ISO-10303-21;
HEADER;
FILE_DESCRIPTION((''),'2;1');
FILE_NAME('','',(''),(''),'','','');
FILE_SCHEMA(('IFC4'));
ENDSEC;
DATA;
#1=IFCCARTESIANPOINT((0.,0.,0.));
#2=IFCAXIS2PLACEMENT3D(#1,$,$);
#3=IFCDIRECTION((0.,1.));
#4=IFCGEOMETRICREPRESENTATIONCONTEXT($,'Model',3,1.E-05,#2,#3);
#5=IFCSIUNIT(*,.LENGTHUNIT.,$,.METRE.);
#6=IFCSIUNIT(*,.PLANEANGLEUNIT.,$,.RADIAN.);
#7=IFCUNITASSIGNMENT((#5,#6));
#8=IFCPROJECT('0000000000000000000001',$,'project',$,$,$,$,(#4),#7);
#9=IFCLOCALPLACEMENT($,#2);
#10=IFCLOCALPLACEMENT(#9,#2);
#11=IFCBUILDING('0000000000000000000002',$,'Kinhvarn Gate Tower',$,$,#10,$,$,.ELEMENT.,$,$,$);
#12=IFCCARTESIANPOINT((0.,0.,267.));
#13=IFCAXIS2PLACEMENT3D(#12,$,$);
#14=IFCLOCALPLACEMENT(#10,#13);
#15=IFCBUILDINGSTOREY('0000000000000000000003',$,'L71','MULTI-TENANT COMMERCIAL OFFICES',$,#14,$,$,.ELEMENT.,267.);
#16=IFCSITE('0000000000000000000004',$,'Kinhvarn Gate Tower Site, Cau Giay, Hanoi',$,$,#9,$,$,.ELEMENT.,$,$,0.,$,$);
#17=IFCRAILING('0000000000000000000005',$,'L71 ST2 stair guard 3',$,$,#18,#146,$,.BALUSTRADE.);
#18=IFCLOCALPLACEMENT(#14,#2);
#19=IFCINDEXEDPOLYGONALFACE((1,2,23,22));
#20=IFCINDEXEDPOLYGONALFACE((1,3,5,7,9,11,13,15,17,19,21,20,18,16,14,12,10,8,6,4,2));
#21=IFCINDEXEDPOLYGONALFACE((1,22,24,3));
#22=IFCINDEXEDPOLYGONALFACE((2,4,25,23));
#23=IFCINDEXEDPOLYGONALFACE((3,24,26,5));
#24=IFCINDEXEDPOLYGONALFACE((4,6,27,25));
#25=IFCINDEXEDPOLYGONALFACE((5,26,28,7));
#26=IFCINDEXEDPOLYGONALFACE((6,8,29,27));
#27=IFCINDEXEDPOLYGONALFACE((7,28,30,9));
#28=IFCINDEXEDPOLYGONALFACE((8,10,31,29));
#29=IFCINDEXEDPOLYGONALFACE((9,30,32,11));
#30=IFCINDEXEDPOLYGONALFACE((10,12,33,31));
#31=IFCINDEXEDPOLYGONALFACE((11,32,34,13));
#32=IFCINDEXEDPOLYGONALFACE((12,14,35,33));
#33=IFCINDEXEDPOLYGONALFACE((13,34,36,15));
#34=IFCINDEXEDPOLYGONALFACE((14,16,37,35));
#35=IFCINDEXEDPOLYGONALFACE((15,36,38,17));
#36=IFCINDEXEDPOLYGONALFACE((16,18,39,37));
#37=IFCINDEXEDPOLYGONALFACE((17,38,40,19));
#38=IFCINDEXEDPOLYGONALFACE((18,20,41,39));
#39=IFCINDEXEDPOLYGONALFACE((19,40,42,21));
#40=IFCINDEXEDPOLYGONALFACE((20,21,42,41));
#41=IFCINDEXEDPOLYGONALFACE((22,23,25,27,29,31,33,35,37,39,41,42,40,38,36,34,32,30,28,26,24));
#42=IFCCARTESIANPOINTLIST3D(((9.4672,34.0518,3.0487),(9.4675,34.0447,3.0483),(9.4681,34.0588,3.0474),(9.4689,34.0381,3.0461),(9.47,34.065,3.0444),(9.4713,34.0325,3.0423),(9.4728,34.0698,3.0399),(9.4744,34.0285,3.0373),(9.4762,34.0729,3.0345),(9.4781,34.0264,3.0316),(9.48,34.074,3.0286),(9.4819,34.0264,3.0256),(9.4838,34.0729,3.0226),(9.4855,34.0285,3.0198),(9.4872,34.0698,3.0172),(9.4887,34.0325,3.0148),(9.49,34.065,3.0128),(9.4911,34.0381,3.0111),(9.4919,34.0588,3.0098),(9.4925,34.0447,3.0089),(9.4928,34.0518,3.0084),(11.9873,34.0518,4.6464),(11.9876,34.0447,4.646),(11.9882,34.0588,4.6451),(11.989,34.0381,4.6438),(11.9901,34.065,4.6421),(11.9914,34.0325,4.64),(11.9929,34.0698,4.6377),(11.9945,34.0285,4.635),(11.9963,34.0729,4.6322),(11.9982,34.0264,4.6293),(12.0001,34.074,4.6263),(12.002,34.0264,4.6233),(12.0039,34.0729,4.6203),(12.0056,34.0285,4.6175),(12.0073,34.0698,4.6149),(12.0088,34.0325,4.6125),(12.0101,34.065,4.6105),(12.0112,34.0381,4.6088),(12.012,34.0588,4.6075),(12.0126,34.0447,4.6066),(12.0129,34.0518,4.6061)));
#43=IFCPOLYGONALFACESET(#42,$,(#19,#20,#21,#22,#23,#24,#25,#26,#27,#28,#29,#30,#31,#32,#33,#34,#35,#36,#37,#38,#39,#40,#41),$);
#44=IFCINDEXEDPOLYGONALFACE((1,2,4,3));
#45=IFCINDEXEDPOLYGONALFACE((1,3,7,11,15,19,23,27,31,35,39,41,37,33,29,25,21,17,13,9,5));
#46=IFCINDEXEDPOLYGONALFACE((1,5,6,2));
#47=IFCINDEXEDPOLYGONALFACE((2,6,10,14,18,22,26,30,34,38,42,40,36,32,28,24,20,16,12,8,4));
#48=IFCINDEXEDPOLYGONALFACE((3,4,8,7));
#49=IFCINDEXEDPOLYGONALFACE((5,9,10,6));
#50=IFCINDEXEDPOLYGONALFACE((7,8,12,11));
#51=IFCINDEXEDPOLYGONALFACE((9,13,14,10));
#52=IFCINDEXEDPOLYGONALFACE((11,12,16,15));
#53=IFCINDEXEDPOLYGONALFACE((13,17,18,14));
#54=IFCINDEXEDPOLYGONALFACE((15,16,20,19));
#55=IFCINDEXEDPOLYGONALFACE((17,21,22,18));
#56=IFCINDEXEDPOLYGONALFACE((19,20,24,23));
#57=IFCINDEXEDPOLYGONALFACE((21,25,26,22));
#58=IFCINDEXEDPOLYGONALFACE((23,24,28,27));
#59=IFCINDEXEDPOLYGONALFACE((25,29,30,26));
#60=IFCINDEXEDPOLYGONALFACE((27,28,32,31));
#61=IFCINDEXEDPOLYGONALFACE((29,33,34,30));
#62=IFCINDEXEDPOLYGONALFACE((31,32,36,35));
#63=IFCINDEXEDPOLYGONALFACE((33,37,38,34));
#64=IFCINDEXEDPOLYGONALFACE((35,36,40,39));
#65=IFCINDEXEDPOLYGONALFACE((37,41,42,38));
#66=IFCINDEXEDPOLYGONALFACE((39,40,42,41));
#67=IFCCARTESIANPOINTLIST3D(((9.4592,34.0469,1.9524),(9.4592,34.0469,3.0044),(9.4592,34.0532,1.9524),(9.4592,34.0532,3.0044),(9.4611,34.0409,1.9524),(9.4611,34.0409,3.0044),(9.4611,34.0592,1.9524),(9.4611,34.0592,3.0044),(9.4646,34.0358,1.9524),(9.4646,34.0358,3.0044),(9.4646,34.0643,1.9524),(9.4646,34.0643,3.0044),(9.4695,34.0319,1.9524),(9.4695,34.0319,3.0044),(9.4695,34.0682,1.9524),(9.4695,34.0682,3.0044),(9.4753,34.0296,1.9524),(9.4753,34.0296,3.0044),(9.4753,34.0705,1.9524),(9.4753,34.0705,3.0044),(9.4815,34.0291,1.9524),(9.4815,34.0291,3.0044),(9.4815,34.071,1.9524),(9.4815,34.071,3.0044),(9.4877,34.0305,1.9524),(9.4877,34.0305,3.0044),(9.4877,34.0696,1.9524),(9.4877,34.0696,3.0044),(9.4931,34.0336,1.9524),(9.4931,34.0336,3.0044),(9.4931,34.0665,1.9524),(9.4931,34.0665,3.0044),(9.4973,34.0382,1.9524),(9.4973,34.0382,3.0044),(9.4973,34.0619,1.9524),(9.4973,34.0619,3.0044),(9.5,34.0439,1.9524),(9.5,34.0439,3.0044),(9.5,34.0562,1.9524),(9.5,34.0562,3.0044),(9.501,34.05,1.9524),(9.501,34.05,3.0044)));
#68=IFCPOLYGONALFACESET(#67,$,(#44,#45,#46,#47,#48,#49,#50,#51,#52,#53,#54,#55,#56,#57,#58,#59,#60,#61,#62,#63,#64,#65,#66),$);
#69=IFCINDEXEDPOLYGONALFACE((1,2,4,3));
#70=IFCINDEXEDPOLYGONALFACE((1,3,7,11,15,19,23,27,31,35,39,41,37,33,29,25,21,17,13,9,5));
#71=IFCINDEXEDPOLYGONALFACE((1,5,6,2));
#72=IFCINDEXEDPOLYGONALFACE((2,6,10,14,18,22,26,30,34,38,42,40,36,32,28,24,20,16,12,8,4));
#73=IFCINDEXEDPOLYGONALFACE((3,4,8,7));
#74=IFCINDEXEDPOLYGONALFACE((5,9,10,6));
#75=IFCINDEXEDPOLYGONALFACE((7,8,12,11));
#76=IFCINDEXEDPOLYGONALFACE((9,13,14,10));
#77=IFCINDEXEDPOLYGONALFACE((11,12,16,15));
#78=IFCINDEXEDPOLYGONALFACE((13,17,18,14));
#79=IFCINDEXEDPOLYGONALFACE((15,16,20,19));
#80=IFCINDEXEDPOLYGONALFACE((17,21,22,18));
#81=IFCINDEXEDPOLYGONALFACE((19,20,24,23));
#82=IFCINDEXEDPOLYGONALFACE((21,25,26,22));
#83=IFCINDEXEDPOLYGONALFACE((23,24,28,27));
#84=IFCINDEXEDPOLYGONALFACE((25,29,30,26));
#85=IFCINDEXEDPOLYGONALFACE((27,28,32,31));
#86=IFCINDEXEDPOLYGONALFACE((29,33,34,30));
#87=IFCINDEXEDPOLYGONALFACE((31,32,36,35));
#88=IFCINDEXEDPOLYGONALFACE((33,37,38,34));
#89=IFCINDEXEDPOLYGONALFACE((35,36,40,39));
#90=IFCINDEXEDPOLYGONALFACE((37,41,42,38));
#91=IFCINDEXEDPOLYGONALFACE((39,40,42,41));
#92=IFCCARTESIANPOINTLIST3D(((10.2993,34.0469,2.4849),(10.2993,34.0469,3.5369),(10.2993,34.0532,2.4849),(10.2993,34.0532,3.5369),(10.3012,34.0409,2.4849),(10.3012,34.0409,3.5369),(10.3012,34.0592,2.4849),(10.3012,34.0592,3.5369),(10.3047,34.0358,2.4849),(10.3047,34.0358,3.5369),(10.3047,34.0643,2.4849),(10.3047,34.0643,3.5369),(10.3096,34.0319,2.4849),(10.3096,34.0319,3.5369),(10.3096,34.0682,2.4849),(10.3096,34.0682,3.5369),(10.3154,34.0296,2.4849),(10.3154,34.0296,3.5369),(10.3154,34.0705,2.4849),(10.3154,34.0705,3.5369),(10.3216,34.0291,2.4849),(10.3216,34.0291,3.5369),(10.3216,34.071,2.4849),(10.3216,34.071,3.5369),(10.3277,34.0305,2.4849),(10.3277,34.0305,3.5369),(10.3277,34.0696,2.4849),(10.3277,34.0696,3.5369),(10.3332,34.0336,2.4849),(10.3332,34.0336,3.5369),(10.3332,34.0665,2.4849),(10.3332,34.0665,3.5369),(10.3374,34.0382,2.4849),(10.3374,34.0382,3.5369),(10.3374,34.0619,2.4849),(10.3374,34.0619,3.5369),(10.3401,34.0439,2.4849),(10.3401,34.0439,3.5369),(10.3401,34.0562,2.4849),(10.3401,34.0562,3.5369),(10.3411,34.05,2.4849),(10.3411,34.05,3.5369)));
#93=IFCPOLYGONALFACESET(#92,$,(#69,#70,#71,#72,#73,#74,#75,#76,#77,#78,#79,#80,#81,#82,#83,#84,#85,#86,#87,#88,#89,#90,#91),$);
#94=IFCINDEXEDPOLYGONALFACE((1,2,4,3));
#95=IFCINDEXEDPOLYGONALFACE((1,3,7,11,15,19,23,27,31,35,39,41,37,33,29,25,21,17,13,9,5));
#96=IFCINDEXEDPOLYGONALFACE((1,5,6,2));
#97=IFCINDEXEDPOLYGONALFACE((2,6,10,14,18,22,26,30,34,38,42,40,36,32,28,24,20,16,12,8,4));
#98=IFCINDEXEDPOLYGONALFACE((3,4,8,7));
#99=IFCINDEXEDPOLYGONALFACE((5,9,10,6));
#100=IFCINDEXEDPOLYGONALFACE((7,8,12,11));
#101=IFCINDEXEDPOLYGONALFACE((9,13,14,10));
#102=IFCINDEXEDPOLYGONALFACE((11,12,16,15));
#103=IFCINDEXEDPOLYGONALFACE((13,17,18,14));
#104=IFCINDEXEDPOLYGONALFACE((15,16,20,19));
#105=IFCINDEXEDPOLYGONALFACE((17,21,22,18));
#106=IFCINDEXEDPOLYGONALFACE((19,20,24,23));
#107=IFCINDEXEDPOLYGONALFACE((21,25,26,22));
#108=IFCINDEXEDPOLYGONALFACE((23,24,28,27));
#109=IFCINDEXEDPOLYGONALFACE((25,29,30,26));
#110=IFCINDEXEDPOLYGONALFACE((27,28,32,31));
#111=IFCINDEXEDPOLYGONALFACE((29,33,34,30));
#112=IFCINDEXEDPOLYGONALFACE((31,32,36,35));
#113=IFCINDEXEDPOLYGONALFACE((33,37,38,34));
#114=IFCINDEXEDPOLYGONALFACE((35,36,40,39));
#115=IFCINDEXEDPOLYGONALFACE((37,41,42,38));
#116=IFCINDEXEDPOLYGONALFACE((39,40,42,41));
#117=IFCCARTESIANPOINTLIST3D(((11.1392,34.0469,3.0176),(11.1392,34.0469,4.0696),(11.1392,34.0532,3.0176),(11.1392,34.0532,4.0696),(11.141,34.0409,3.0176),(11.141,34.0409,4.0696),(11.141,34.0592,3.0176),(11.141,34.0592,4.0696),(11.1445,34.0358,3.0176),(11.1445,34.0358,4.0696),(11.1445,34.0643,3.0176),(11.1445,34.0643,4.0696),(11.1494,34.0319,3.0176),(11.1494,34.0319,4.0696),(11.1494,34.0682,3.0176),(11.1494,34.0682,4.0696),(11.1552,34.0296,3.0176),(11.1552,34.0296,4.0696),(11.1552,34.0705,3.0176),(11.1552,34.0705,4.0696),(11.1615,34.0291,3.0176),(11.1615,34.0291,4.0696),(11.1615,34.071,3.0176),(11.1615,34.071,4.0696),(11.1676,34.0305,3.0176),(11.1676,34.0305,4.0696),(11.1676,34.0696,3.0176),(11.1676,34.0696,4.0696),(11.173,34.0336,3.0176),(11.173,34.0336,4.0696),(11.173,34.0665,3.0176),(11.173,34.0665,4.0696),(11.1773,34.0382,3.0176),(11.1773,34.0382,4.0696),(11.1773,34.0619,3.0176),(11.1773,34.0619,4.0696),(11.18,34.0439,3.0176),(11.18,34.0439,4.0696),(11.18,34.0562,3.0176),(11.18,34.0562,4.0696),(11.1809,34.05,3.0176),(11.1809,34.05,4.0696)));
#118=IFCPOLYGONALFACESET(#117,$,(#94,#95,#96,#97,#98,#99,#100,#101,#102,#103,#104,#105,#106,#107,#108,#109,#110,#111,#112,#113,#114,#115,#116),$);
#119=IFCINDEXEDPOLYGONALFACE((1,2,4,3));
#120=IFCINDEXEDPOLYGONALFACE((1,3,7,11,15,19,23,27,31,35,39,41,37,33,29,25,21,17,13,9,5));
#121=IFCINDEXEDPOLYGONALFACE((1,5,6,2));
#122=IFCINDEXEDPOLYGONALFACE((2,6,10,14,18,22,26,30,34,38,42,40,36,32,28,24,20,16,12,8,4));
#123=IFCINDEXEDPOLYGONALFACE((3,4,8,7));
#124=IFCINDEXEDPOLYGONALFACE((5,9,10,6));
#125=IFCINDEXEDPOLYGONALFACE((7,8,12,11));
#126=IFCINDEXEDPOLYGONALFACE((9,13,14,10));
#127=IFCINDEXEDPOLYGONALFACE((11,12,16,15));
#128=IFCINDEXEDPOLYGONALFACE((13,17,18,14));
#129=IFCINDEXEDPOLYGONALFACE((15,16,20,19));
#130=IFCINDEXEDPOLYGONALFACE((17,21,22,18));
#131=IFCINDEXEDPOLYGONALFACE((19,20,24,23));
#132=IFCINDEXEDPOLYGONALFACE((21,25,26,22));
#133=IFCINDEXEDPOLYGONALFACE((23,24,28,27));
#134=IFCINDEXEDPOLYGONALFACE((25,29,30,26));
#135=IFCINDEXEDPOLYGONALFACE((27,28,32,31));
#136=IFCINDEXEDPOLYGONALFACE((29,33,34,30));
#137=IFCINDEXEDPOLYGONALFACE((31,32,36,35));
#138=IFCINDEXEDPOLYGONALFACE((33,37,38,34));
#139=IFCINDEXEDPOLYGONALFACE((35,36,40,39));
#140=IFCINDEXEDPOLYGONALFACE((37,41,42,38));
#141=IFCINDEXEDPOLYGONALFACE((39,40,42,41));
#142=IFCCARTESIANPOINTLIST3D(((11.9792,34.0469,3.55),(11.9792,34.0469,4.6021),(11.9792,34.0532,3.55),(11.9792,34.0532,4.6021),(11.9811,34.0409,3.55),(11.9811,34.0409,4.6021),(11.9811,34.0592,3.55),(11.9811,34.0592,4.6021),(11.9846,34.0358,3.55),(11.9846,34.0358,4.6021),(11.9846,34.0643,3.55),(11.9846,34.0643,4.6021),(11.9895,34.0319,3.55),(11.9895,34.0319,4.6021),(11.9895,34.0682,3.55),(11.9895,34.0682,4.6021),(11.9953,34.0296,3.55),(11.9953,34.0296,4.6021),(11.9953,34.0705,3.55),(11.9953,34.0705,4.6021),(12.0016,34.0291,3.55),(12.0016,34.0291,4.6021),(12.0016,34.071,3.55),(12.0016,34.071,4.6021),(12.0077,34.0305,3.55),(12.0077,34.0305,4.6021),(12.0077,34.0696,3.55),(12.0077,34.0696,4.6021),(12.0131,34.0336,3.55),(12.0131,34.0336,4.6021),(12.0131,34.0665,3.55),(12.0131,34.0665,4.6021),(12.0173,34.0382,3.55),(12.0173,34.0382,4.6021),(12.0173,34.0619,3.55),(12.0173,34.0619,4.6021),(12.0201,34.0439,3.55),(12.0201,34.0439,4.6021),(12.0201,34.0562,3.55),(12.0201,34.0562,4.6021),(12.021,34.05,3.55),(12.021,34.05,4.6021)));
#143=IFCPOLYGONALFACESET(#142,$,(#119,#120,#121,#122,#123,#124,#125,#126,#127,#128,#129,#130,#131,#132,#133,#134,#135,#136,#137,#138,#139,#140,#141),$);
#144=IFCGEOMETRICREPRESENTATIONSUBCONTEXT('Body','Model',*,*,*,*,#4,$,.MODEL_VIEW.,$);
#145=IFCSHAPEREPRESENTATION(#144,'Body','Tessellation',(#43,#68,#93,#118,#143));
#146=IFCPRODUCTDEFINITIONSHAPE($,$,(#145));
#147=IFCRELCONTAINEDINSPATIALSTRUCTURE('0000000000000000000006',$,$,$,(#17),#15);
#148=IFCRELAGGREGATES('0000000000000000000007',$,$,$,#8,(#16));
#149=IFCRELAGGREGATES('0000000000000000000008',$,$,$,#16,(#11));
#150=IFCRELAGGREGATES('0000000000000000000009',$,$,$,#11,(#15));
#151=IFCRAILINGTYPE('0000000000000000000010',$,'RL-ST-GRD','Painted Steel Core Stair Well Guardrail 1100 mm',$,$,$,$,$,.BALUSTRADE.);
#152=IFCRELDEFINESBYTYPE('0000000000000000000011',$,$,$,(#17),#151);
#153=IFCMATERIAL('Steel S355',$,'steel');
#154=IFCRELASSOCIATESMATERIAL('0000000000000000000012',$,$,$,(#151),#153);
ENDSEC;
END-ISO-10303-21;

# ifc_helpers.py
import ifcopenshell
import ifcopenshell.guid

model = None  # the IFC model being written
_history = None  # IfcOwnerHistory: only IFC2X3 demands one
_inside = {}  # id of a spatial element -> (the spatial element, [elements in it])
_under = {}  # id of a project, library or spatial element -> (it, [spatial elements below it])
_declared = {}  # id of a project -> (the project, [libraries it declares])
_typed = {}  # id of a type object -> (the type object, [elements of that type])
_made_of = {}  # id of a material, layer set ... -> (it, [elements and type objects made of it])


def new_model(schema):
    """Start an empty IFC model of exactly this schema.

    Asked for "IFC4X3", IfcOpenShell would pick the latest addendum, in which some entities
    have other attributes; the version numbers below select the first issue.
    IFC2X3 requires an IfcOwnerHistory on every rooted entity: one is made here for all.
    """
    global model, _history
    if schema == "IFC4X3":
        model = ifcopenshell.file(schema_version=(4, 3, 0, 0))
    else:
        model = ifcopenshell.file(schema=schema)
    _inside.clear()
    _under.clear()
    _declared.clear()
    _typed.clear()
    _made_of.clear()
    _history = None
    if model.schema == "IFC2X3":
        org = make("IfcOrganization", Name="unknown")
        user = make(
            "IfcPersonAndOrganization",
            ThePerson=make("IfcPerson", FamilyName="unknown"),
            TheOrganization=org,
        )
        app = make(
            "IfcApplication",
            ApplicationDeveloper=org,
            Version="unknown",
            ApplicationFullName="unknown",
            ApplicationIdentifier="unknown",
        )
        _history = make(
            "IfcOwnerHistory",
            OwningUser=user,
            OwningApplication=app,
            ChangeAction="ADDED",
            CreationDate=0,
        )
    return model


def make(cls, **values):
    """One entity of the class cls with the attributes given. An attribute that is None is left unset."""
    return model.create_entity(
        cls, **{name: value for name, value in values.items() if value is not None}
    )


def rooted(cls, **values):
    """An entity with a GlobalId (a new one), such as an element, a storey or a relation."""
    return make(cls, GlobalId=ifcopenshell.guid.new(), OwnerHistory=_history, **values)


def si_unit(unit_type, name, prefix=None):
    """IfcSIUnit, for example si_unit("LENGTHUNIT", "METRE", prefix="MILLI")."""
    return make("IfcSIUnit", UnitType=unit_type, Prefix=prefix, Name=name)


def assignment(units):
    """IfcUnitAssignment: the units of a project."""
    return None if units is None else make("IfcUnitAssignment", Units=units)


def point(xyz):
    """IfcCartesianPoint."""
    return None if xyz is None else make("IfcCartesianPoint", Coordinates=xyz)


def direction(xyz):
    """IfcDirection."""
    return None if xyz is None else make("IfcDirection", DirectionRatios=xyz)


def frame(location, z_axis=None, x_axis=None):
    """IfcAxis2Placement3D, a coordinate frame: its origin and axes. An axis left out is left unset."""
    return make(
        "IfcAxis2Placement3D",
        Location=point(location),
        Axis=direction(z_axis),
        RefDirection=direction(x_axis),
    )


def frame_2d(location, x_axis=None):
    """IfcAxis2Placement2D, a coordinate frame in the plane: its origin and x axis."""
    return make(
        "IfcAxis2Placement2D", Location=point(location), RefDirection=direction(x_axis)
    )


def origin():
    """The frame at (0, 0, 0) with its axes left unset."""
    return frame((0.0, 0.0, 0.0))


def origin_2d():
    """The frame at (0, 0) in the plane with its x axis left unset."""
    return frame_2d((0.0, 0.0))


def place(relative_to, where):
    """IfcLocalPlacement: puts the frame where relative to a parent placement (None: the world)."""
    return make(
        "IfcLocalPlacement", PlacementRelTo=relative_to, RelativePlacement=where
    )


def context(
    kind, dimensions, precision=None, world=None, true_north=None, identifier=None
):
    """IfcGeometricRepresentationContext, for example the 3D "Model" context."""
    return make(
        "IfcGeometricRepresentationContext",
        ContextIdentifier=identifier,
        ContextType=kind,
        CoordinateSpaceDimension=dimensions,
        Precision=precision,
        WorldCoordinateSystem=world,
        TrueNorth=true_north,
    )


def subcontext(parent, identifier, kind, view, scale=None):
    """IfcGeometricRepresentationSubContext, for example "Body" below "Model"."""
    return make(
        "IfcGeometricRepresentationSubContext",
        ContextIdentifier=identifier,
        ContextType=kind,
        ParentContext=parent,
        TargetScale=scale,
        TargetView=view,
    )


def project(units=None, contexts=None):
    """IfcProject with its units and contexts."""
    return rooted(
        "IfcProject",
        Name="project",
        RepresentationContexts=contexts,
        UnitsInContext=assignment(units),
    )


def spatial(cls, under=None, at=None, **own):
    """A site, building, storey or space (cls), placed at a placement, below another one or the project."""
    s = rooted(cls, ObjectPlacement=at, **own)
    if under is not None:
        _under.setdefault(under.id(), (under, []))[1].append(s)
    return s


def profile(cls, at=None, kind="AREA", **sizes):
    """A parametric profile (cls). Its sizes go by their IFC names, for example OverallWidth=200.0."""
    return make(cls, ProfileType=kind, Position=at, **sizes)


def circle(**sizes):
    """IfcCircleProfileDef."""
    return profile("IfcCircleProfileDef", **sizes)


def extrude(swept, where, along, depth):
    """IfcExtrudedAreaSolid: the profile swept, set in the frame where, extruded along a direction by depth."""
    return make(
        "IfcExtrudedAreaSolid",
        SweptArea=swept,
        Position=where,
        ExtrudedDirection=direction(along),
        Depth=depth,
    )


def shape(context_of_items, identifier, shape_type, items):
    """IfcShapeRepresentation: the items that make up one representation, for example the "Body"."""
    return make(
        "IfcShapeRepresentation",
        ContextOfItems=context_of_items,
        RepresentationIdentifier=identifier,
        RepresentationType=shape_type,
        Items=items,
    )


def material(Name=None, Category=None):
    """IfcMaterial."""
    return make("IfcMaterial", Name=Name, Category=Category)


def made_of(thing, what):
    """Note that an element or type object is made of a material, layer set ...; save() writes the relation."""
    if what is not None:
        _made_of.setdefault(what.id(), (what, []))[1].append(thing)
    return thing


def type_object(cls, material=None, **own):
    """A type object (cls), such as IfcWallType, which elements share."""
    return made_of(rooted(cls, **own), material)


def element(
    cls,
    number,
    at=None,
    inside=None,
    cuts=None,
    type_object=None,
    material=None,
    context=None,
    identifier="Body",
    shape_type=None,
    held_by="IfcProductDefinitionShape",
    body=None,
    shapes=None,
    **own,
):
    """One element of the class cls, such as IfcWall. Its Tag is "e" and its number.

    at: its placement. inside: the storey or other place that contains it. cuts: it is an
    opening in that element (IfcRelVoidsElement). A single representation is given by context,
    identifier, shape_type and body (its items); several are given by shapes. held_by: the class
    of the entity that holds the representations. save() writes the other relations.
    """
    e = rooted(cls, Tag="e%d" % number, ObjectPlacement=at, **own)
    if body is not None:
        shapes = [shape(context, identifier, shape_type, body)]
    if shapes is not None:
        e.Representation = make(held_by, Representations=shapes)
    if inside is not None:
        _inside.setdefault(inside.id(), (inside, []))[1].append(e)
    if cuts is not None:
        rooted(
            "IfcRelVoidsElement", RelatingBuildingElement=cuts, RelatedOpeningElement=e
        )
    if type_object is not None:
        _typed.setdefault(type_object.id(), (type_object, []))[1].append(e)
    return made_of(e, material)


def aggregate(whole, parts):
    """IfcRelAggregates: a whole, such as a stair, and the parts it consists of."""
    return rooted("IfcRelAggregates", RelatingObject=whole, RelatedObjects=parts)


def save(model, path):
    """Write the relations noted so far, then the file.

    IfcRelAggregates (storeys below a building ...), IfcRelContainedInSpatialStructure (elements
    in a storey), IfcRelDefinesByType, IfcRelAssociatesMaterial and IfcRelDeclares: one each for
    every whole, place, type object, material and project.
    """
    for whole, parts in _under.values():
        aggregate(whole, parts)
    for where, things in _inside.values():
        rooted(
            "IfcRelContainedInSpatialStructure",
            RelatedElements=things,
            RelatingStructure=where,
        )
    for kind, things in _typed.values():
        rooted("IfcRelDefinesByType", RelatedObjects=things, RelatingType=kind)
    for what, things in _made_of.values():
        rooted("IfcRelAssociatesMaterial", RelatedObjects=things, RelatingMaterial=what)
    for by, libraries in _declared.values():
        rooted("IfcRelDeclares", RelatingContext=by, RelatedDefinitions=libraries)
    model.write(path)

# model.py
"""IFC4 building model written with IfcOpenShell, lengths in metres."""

from ifc_helpers import new_model, si_unit, direction, frame, origin, origin_2d, place, context, subcontext, project, spatial, circle, extrude, material, type_object, element, save


model = new_model("IFC4")

# Units and contexts
model_context = context("Model", 3, precision=1e-05, world=origin(), true_north=direction((0.0, 1.0)))
body_context = subcontext(model_context, "Body", "Model", "MODEL_VIEW")
ifc_project = project(units=[si_unit("LENGTHUNIT", "METRE"), si_unit("PLANEANGLEUNIT", "RADIAN")], contexts=[model_context])

# Site, building, storey
site_placement = place(None, origin())
site = spatial("IfcSite", under=ifc_project, at=site_placement, Name="Kinhvarn Gate Tower Site, Cau Giay, Hanoi", CompositionType="ELEMENT", RefElevation=0.0)
building_placement = place(site_placement, origin())
building = spatial("IfcBuilding", under=site, at=building_placement, Name="Kinhvarn Gate Tower", CompositionType="ELEMENT")
storey_placement = place(building_placement, frame((0.0, 0.0, 267.0)))
storey = spatial("IfcBuildingStorey", under=building, at=storey_placement, Name="L71", Description="MULTI-TENANT COMMERCIAL OFFICES", CompositionType="ELEMENT", Elevation=267.0)

# Railing
ifc_material_1 = material(Name="Steel S355", Category="steel")
railing_type_1 = type_object("IfcRailingType", Name="RL-ST-GRD", Description="Painted Steel Core Stair Well Guardrail 1100 mm", PredefinedType="BALUSTRADE", material=ifc_material_1)
railing_1_placement = place(storey_placement, frame((9.48, 34.05, 1.9524)))
element("IfcRailing", 1, at=railing_1_placement, inside=storey, type_object=railing_type_1, Name="L71 ST2 stair guard 3", PredefinedType="BALUSTRADE", context=body_context, shape_type="SweptSolid", body=[
    extrude(circle(Radius=0.0239, at=origin_2d()), frame((0.0, 0.0, 1.0762), z_axis=(0.84457, 0.0, 0.535445), x_axis=(0.0, 1.0, 0.0)), (0.0, 0.0, 1.0), 2.9839),
    extrude(circle(Radius=0.021, at=origin_2d()), origin(), (0.0, 0.0, 1.0), 1.052),
    extrude(circle(Radius=0.021, at=origin_2d()), frame((0.8401, 0.0, 0.5325)), (0.0, 0.0, 1.0), 1.052),
    extrude(circle(Radius=0.021, at=origin_2d()), frame((1.6799, 0.0, 1.0652)), (0.0, 0.0, 1.0), 1.052),
    extrude(circle(Radius=0.021, at=origin_2d()), frame((2.52, 0.0, 1.5977)), (0.0, 0.0, 1.0), 1.052),
])

save(model, "model.ifc")
